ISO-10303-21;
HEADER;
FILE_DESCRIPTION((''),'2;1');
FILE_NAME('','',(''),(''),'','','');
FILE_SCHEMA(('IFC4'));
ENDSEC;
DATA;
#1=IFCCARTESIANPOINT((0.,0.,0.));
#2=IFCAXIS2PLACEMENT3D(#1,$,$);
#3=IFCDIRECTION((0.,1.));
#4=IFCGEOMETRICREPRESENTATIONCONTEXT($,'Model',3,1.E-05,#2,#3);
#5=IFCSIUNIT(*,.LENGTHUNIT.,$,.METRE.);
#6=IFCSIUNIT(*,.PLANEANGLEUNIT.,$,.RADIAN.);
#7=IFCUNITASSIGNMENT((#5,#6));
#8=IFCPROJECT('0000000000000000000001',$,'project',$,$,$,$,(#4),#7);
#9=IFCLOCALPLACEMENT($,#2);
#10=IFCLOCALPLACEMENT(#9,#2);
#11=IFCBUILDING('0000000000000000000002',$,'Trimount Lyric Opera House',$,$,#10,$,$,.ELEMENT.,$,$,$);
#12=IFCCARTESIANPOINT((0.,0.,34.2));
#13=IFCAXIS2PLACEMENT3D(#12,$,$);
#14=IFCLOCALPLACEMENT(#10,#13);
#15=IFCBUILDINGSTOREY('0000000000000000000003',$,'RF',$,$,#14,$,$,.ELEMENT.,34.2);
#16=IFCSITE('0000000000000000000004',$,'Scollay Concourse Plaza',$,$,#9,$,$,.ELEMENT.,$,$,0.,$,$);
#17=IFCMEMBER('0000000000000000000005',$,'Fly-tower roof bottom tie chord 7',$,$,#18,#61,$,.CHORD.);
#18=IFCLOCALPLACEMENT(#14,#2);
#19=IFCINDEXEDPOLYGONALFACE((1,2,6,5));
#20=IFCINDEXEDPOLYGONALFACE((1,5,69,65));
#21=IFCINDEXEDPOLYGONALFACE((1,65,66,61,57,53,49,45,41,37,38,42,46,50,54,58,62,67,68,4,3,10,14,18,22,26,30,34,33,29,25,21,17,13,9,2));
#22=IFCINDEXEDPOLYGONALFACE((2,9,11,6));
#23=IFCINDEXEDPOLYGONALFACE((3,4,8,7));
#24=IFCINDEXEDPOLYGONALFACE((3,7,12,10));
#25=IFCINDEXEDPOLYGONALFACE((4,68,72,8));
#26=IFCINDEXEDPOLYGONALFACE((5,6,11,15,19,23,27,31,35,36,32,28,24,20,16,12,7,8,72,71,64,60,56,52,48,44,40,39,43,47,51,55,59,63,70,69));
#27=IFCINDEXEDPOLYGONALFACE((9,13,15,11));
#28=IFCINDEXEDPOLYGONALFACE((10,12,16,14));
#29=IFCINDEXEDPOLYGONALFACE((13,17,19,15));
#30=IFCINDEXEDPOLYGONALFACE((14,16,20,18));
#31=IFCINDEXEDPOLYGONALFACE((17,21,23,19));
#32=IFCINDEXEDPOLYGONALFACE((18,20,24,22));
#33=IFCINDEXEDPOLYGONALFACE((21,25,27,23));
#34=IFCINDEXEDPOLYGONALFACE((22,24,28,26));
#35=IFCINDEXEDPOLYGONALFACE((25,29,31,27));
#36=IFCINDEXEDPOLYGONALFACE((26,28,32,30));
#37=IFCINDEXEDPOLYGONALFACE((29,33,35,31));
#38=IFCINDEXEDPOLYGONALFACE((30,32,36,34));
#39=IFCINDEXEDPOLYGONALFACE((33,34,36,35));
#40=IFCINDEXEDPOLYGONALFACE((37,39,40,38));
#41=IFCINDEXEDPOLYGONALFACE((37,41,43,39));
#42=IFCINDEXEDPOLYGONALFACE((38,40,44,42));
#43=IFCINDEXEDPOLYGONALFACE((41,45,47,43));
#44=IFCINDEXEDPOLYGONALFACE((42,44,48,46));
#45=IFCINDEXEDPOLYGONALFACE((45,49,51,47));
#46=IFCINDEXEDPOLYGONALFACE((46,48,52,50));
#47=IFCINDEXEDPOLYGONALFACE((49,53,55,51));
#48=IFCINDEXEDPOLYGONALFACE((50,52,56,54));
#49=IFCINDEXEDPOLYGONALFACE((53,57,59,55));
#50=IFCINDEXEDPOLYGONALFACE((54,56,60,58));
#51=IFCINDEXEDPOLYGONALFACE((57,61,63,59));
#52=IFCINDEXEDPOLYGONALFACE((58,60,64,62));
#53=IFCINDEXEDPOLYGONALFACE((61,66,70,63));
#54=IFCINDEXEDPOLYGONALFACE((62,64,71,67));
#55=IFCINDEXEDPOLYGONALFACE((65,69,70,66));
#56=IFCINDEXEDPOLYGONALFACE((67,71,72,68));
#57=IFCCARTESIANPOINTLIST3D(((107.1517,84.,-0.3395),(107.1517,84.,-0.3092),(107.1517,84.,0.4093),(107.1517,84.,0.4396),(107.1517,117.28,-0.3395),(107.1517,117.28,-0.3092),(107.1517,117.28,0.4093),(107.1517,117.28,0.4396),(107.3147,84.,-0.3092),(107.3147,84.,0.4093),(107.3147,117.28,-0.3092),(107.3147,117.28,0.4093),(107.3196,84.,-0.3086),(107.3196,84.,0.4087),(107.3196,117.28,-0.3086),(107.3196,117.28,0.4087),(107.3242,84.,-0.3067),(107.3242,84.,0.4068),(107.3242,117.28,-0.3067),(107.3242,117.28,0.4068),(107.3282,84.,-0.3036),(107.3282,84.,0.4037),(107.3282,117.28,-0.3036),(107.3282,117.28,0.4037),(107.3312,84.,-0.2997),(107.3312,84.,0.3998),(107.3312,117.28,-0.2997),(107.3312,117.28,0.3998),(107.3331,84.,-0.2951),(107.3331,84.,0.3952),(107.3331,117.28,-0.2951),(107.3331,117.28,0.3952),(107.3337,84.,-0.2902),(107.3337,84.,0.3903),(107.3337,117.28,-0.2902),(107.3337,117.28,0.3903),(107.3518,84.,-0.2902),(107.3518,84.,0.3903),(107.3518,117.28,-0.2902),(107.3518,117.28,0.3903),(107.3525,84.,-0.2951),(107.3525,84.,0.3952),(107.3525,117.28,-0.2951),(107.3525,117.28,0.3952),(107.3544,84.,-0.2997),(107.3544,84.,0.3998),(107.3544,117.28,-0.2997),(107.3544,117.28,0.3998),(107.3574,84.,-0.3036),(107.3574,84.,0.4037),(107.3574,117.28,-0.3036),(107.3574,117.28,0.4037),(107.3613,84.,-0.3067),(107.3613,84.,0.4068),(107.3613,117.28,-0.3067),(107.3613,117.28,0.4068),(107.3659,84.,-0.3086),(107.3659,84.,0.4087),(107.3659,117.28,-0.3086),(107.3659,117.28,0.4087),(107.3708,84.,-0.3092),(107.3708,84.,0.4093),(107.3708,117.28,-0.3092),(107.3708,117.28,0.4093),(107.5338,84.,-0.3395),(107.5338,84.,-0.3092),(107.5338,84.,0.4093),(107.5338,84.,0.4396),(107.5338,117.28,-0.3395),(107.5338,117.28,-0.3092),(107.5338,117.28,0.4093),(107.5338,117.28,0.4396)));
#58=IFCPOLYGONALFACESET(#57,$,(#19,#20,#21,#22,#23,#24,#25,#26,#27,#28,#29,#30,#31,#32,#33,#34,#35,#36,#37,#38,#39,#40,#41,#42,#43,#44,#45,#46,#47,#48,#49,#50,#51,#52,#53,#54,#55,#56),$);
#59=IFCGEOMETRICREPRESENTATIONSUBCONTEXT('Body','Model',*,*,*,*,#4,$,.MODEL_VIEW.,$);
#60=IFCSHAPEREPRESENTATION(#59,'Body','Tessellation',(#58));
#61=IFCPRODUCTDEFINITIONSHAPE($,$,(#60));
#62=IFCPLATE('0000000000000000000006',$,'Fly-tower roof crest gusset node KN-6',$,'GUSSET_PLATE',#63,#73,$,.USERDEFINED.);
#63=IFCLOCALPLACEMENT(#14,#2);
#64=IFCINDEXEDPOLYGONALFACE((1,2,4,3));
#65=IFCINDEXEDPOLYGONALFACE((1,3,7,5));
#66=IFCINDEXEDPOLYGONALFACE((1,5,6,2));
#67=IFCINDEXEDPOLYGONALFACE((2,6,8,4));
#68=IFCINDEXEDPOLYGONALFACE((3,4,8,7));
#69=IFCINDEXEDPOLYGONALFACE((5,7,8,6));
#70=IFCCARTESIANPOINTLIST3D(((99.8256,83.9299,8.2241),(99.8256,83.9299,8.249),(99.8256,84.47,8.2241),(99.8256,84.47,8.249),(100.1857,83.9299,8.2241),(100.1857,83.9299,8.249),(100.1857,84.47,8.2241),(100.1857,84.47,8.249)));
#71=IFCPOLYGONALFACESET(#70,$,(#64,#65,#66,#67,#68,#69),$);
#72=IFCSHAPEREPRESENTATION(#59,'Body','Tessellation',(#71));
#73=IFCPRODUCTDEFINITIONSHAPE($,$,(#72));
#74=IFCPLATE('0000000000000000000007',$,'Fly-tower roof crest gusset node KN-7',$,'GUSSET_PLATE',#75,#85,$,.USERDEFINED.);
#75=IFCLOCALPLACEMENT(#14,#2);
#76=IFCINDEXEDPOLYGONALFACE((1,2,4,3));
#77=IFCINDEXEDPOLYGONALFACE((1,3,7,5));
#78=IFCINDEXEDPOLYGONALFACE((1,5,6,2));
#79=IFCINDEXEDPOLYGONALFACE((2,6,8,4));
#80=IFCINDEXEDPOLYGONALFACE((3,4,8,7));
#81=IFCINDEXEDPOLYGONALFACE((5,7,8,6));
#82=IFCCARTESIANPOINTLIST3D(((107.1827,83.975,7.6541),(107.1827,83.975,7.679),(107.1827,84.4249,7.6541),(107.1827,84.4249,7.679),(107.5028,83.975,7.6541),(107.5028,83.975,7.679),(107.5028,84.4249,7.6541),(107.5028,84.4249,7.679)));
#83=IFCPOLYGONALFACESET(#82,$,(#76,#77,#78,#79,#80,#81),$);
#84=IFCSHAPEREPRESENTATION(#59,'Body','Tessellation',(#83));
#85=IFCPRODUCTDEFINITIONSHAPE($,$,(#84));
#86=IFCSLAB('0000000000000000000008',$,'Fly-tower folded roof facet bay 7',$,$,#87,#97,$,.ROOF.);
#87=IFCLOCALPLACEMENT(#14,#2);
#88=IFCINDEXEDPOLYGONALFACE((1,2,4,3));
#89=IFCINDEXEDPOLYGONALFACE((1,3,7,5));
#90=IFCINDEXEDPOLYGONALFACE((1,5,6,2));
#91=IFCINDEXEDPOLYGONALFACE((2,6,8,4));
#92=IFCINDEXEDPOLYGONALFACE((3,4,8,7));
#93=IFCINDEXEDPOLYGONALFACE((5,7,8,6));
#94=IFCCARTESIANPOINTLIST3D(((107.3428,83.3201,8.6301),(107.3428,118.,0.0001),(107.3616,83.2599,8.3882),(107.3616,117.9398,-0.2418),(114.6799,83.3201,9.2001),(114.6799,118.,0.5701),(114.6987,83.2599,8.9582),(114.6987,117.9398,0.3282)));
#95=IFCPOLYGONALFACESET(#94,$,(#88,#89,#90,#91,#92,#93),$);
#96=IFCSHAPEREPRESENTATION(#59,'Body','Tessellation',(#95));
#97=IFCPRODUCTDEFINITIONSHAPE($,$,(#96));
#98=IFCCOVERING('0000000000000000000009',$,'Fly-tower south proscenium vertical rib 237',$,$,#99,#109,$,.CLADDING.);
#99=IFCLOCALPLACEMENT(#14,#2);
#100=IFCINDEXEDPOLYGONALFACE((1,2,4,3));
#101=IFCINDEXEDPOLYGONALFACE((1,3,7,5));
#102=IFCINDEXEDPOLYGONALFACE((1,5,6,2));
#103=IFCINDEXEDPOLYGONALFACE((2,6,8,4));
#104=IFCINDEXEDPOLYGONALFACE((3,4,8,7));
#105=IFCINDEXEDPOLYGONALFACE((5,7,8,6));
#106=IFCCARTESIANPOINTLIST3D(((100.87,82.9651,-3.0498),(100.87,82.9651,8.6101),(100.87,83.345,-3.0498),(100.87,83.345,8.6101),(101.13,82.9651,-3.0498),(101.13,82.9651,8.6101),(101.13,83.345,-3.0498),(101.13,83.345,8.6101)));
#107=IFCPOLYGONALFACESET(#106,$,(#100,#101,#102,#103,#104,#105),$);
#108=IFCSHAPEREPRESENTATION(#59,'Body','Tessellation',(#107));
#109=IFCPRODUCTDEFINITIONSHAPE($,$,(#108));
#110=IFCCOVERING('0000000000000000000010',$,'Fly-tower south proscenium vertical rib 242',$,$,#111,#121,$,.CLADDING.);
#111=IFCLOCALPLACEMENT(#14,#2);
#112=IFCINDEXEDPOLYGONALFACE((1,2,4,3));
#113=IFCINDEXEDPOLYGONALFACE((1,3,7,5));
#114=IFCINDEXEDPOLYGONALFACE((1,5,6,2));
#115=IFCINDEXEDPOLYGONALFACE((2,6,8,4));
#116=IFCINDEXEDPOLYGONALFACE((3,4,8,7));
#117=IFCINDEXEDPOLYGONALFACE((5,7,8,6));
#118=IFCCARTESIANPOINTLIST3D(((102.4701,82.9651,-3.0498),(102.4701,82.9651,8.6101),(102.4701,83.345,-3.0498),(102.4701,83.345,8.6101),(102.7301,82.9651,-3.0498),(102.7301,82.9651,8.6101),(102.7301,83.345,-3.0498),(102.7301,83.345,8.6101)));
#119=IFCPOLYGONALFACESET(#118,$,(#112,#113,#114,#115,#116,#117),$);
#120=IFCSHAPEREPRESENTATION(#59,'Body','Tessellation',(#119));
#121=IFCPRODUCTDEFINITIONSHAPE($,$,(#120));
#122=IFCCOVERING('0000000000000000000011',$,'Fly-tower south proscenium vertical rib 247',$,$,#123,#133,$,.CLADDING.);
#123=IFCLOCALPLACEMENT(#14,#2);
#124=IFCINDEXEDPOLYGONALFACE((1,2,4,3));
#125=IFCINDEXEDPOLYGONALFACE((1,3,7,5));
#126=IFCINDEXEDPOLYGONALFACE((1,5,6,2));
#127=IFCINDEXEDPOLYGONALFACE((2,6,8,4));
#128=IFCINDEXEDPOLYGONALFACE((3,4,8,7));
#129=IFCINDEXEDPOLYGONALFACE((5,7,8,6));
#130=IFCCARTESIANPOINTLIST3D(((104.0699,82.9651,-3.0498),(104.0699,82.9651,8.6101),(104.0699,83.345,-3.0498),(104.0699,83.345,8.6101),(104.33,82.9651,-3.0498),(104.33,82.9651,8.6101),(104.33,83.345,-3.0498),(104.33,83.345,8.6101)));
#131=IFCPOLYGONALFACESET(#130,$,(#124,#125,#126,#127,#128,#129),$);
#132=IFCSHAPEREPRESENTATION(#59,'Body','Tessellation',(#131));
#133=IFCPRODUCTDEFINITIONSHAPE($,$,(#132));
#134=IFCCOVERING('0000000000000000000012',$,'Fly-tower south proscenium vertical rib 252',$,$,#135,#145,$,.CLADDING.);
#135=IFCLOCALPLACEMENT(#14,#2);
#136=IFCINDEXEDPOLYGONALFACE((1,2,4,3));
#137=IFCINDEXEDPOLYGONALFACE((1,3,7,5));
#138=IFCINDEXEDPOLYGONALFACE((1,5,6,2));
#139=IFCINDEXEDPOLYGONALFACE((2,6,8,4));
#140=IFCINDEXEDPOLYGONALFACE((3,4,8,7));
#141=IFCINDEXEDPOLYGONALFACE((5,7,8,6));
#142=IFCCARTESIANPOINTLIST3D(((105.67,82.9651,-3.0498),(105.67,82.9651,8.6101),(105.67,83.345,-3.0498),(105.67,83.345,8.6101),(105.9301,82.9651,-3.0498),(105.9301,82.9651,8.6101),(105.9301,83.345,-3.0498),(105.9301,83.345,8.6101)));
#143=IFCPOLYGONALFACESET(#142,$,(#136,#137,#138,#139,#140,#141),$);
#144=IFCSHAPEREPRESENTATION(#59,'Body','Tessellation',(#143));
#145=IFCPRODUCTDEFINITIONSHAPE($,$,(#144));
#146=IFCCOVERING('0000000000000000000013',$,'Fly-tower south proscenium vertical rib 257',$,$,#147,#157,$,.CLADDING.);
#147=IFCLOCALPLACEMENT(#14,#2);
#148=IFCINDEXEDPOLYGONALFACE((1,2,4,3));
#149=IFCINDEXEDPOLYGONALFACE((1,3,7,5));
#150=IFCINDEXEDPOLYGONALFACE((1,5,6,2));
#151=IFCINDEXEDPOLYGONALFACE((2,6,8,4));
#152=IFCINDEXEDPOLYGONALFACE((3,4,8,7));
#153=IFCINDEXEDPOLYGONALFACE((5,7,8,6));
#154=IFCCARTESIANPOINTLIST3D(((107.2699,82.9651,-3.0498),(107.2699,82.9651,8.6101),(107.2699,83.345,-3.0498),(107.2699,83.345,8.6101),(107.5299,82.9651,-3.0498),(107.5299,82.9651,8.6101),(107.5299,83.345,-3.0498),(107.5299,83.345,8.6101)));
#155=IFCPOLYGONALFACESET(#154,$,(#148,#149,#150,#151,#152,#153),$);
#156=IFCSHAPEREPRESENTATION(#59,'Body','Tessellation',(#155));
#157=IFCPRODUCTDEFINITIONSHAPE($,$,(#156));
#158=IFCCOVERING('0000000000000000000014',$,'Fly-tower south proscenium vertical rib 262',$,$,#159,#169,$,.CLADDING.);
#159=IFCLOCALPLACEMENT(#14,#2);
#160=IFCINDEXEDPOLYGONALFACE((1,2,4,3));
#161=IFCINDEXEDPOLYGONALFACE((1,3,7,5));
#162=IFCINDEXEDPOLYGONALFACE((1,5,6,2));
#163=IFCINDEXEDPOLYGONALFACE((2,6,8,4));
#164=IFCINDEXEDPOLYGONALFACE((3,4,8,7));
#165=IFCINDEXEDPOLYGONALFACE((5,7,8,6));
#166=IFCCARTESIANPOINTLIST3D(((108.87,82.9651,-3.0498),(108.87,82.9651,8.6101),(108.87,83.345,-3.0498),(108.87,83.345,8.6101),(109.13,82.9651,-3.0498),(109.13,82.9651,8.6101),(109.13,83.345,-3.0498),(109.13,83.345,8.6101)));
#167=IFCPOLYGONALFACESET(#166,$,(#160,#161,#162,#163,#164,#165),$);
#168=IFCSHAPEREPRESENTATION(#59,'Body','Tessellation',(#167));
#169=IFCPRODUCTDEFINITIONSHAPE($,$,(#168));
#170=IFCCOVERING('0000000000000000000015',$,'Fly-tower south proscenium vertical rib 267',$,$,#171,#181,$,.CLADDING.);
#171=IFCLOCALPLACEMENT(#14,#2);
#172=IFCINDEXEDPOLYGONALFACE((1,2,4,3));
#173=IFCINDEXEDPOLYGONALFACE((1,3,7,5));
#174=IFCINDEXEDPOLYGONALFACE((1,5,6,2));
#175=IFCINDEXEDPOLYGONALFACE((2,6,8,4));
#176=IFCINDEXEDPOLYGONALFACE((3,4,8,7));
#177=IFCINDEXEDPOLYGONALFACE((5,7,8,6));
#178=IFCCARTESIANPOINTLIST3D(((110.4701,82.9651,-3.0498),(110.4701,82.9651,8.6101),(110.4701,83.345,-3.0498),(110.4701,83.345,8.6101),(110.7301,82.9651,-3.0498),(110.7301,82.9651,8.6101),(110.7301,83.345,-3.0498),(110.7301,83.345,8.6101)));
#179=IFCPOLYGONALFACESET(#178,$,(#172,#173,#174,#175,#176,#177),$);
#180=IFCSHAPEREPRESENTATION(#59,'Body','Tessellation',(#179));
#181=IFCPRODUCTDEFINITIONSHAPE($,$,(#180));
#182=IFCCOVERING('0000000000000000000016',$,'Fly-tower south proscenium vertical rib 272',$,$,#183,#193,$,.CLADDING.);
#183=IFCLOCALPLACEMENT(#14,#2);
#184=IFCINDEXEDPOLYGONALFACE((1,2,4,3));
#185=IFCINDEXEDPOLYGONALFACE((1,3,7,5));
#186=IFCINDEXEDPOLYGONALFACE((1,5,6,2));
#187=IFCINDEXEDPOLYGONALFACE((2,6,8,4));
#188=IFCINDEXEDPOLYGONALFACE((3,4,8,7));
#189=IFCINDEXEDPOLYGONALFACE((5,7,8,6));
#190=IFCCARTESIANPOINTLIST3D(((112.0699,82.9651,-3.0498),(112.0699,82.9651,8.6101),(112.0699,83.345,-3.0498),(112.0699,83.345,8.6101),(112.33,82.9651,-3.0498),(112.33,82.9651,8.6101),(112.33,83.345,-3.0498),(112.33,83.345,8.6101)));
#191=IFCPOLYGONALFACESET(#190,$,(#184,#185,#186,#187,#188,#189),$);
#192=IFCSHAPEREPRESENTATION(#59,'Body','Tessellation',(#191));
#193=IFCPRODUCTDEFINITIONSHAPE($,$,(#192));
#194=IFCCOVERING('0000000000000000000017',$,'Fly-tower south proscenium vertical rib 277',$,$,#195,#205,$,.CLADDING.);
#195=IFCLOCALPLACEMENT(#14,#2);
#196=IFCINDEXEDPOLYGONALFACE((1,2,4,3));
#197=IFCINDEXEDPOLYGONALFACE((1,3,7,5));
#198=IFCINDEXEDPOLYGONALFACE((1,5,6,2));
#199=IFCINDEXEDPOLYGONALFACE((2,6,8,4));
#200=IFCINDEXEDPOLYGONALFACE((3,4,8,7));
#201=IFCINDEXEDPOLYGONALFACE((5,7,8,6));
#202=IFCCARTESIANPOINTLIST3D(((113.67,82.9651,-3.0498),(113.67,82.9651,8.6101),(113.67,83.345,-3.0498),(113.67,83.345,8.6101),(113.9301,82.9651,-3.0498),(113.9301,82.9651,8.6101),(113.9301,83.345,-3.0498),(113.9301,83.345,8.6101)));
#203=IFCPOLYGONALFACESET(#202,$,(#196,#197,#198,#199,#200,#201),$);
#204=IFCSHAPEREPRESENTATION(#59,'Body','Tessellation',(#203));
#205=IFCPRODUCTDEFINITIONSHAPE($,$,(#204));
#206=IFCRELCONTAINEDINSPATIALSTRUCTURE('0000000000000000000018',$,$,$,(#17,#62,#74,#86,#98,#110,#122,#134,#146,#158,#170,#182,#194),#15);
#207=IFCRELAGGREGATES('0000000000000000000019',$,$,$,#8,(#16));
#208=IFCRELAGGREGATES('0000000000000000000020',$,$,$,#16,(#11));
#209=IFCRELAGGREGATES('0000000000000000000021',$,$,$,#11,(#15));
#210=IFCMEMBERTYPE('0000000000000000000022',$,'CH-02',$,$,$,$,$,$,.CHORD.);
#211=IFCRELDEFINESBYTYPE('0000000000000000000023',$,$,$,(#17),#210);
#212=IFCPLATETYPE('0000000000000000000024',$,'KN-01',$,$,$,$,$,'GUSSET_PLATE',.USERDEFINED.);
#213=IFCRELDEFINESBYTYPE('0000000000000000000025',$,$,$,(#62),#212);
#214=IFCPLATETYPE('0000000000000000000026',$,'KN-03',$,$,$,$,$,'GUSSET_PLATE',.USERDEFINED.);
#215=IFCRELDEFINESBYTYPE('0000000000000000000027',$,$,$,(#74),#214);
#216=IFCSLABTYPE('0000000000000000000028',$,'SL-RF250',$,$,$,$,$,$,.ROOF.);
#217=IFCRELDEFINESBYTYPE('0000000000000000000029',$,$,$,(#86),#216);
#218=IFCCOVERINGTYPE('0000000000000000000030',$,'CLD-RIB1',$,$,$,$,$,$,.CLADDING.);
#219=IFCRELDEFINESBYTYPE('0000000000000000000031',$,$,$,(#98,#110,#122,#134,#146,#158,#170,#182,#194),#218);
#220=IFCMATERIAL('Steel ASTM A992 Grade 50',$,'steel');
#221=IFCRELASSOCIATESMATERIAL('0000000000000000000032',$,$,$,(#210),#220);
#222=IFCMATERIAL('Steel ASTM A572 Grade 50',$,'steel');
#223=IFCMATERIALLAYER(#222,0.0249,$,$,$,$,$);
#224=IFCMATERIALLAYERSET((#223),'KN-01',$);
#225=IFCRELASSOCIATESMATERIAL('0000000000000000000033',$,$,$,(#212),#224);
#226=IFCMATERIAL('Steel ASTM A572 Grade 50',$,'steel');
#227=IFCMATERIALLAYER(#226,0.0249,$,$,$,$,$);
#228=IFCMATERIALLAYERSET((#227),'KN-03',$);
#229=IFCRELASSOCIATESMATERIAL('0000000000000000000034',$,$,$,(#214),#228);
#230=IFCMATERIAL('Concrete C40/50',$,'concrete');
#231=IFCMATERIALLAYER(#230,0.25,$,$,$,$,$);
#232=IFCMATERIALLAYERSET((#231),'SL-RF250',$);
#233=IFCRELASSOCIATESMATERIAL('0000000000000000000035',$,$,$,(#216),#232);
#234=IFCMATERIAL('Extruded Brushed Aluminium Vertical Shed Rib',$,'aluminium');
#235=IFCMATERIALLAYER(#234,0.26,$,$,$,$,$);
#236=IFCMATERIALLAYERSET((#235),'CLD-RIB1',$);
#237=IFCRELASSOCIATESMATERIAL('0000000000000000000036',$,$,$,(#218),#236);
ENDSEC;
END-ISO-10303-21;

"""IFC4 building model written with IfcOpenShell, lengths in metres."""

from ifc_helpers import new_model, si_unit, direction, frame, origin, origin_2d, place, context, subcontext, project, spatial, polyline, rectangle, i_section, outline, extrude, material, layer, layer_set, material_profile, profile_set, type_object, element, save


model = new_model("IFC4")

# Units and contexts
model_context = context("Model", 3, precision=1e-05, world=origin(), true_north=direction((0.0, 1.0)))
body_context = subcontext(model_context, "Body", "Model", "MODEL_VIEW")
ifc_project = project(units=[si_unit("LENGTHUNIT", "METRE"), si_unit("PLANEANGLEUNIT", "RADIAN")], contexts=[model_context])

# Site, building, storey
site_placement = place(None, origin())
site = spatial("IfcSite", under=ifc_project, at=site_placement, Name="Scollay Concourse Plaza", CompositionType="ELEMENT", RefElevation=0.0)
building_placement = place(site_placement, origin())
building = spatial("IfcBuilding", under=site, at=building_placement, Name="Trimount Lyric Opera House", CompositionType="ELEMENT")
storey_placement = place(building_placement, frame((0.0, 0.0, 34.2)))
storey = spatial("IfcBuildingStorey", under=building, at=storey_placement, Name="RF", CompositionType="ELEMENT", Elevation=34.2)

# Member
ifc_material_1 = material(Name="Steel ASTM A992 Grade 50", Category="steel")
ifc_material_profile_1 = material_profile(ifc_material_1, i_section(OverallWidth=0.3821, OverallDepth=0.7791, WebThickness=0.0181, FlangeThickness=0.0303, FilletRadius=0.019, at=origin_2d()), Name="W30X191")
ifc_profile_set_1 = profile_set([ifc_material_profile_1], Name="Steel ASTM A992 Grade 50")
member_type = type_object("IfcMemberType", Name="CH-02", PredefinedType="CHORD", material=ifc_profile_set_1)
member_placement = place(storey_placement, frame((107.3428, 84.0, 0.05), z_axis=(0.0, 1.0, 0.0), x_axis=(-1.0, 0.0, 0.0)))
element("IfcMember", 1, at=member_placement, inside=storey, type_object=member_type, Name="Fly-tower roof bottom tie chord 7", PredefinedType="CHORD", context=body_context, shape_type="SweptSolid", body=[
    extrude(i_section(OverallWidth=0.3821, OverallDepth=0.7791, WebThickness=0.0181, FlangeThickness=0.0303, FilletRadius=0.019, at=origin_2d()), origin(), (0.0, 0.0, 1.0), 33.28),
])

# Plates
ifc_material_2 = material(Name="Steel ASTM A572 Grade 50", Category="steel")
ifc_layer_1 = layer(ifc_material_2, 0.0249)
ifc_layer_set_1 = layer_set([ifc_layer_1], Name="KN-01")
plate_type_1 = type_object("IfcPlateType", Name="KN-01", ElementType="GUSSET_PLATE", PredefinedType="USERDEFINED", material=ifc_layer_set_1)
plate_1_placement = place(storey_placement, frame((100.0056, 84.2, 8.2241), z_axis=(0.0, 0.0, 1.0), x_axis=(0.0, 1.0, 0.0)))
element("IfcPlate", 2, at=plate_1_placement, inside=storey, type_object=plate_type_1, Name="Fly-tower roof crest gusset node KN-6", ObjectType="GUSSET_PLATE", PredefinedType="USERDEFINED", context=body_context, shape_type="SweptSolid", body=[
    extrude(rectangle(XDim=0.54, YDim=0.3601, at=origin_2d()), origin(), (0.0, 0.0, 1.0), 0.0249),
])
ifc_material_3 = material(Name="Steel ASTM A572 Grade 50", Category="steel")
ifc_layer_2 = layer(ifc_material_3, 0.0249)
ifc_layer_set_2 = layer_set([ifc_layer_2], Name="KN-03")
plate_type_2 = type_object("IfcPlateType", Name="KN-03", ElementType="GUSSET_PLATE", PredefinedType="USERDEFINED", material=ifc_layer_set_2)
plate_2_placement = place(storey_placement, frame((107.3428, 84.2, 7.6541), z_axis=(0.0, 0.0, 1.0), x_axis=(0.0, 1.0, 0.0)))
element("IfcPlate", 3, at=plate_2_placement, inside=storey, type_object=plate_type_2, Name="Fly-tower roof crest gusset node KN-7", ObjectType="GUSSET_PLATE", PredefinedType="USERDEFINED", context=body_context, shape_type="SweptSolid", body=[
    extrude(rectangle(XDim=0.45, YDim=0.3201, at=origin_2d()), origin(), (0.0, 0.0, 1.0), 0.0249),
])

# Slab
ifc_material_4 = material(Name="Concrete C40/50", Category="concrete")
ifc_layer_3 = layer(ifc_material_4, 0.25)
ifc_layer_set_3 = layer_set([ifc_layer_3], Name="SL-RF250")
slab_type = type_object("IfcSlabType", Name="SL-RF250", PredefinedType="ROOF", material=ifc_layer_set_3)
slab_placement = place(storey_placement, frame((107.3428, 83.3201, 8.6301), z_axis=(-0.075167, 0.240799, 0.96766), x_axis=(0.996997, 0.000004, 0.077445)))
element("IfcSlab", 4, at=slab_placement, inside=storey, type_object=slab_type, Name="Fly-tower folded roof facet bay 7", PredefinedType="ROOF", context=body_context, shape_type="SweptSolid", body=[
    extrude(outline(polyline([(0.0, 0.0), (7.3593, 0.0), (6.691, 35.7313), (-0.6682, 35.7314), (0.0, 0.0)])), origin(), (0.0, 0.0, -1.0), 0.25),
])

# Coverings
ifc_material_5 = material(Name="Extruded Brushed Aluminium Vertical Shed Rib", Category="aluminium")
ifc_layer_4 = layer(ifc_material_5, 0.26)
ifc_layer_set_4 = layer_set([ifc_layer_4], Name="CLD-RIB1")
covering_type_1 = type_object("IfcCoveringType", Name="CLD-RIB1", PredefinedType="CLADDING", material=ifc_layer_set_4)
for number, where, z_axis, x_axis, name in (
    (5, (101.0, 83.155, -3.0498), (0.0, 0.0, 1.0), (1.0, 0.0, 0.0), "Fly-tower south proscenium vertical rib 237"),
    (6, (102.6001, 83.155, -3.0498), (0.0, 0.0, 1.0), (1.0, 0.0, 0.0), "Fly-tower south proscenium vertical rib 242"),
    (7, (104.2, 83.155, -3.0498), (0.0, 0.0, 1.0), (1.0, 0.0, 0.0), "Fly-tower south proscenium vertical rib 247"),
    (8, (105.8, 83.155, -3.0498), (0.0, 0.0, 1.0), (1.0, 0.0, 0.0), "Fly-tower south proscenium vertical rib 252"),
    (9, (107.3999, 83.155, -3.0498), (0.0, 0.0, 1.0), (1.0, 0.0, 0.0), "Fly-tower south proscenium vertical rib 257"),
    (10, (109.0, 83.155, -3.0498), (0.0, 0.0, 1.0), (1.0, 0.0, 0.0), "Fly-tower south proscenium vertical rib 262"),
    (11, (110.6001, 83.155, -3.0498), (0.0, 0.0, 1.0), (1.0, 0.0, 0.0), "Fly-tower south proscenium vertical rib 267"),
    (12, (112.2, 83.155, -3.0498), (0.0, 0.0, 1.0), (1.0, 0.0, 0.0), "Fly-tower south proscenium vertical rib 272"),
    (13, (113.8, 83.155, -3.0498), (0.0, 0.0, 1.0), (1.0, 0.0, 0.0), "Fly-tower south proscenium vertical rib 277"),
):
    element("IfcCovering", number, at=place(storey_placement, frame(where, z_axis=z_axis, x_axis=x_axis)), inside=storey, type_object=covering_type_1, Name=name, PredefinedType="CLADDING", context=body_context, shape_type="SweptSolid", body=[
        extrude(rectangle(XDim=0.26, YDim=0.3799, at=origin_2d()), origin(), (0.0, 0.0, 1.0), 11.6599),
    ])

save(model, "model.ifc")
